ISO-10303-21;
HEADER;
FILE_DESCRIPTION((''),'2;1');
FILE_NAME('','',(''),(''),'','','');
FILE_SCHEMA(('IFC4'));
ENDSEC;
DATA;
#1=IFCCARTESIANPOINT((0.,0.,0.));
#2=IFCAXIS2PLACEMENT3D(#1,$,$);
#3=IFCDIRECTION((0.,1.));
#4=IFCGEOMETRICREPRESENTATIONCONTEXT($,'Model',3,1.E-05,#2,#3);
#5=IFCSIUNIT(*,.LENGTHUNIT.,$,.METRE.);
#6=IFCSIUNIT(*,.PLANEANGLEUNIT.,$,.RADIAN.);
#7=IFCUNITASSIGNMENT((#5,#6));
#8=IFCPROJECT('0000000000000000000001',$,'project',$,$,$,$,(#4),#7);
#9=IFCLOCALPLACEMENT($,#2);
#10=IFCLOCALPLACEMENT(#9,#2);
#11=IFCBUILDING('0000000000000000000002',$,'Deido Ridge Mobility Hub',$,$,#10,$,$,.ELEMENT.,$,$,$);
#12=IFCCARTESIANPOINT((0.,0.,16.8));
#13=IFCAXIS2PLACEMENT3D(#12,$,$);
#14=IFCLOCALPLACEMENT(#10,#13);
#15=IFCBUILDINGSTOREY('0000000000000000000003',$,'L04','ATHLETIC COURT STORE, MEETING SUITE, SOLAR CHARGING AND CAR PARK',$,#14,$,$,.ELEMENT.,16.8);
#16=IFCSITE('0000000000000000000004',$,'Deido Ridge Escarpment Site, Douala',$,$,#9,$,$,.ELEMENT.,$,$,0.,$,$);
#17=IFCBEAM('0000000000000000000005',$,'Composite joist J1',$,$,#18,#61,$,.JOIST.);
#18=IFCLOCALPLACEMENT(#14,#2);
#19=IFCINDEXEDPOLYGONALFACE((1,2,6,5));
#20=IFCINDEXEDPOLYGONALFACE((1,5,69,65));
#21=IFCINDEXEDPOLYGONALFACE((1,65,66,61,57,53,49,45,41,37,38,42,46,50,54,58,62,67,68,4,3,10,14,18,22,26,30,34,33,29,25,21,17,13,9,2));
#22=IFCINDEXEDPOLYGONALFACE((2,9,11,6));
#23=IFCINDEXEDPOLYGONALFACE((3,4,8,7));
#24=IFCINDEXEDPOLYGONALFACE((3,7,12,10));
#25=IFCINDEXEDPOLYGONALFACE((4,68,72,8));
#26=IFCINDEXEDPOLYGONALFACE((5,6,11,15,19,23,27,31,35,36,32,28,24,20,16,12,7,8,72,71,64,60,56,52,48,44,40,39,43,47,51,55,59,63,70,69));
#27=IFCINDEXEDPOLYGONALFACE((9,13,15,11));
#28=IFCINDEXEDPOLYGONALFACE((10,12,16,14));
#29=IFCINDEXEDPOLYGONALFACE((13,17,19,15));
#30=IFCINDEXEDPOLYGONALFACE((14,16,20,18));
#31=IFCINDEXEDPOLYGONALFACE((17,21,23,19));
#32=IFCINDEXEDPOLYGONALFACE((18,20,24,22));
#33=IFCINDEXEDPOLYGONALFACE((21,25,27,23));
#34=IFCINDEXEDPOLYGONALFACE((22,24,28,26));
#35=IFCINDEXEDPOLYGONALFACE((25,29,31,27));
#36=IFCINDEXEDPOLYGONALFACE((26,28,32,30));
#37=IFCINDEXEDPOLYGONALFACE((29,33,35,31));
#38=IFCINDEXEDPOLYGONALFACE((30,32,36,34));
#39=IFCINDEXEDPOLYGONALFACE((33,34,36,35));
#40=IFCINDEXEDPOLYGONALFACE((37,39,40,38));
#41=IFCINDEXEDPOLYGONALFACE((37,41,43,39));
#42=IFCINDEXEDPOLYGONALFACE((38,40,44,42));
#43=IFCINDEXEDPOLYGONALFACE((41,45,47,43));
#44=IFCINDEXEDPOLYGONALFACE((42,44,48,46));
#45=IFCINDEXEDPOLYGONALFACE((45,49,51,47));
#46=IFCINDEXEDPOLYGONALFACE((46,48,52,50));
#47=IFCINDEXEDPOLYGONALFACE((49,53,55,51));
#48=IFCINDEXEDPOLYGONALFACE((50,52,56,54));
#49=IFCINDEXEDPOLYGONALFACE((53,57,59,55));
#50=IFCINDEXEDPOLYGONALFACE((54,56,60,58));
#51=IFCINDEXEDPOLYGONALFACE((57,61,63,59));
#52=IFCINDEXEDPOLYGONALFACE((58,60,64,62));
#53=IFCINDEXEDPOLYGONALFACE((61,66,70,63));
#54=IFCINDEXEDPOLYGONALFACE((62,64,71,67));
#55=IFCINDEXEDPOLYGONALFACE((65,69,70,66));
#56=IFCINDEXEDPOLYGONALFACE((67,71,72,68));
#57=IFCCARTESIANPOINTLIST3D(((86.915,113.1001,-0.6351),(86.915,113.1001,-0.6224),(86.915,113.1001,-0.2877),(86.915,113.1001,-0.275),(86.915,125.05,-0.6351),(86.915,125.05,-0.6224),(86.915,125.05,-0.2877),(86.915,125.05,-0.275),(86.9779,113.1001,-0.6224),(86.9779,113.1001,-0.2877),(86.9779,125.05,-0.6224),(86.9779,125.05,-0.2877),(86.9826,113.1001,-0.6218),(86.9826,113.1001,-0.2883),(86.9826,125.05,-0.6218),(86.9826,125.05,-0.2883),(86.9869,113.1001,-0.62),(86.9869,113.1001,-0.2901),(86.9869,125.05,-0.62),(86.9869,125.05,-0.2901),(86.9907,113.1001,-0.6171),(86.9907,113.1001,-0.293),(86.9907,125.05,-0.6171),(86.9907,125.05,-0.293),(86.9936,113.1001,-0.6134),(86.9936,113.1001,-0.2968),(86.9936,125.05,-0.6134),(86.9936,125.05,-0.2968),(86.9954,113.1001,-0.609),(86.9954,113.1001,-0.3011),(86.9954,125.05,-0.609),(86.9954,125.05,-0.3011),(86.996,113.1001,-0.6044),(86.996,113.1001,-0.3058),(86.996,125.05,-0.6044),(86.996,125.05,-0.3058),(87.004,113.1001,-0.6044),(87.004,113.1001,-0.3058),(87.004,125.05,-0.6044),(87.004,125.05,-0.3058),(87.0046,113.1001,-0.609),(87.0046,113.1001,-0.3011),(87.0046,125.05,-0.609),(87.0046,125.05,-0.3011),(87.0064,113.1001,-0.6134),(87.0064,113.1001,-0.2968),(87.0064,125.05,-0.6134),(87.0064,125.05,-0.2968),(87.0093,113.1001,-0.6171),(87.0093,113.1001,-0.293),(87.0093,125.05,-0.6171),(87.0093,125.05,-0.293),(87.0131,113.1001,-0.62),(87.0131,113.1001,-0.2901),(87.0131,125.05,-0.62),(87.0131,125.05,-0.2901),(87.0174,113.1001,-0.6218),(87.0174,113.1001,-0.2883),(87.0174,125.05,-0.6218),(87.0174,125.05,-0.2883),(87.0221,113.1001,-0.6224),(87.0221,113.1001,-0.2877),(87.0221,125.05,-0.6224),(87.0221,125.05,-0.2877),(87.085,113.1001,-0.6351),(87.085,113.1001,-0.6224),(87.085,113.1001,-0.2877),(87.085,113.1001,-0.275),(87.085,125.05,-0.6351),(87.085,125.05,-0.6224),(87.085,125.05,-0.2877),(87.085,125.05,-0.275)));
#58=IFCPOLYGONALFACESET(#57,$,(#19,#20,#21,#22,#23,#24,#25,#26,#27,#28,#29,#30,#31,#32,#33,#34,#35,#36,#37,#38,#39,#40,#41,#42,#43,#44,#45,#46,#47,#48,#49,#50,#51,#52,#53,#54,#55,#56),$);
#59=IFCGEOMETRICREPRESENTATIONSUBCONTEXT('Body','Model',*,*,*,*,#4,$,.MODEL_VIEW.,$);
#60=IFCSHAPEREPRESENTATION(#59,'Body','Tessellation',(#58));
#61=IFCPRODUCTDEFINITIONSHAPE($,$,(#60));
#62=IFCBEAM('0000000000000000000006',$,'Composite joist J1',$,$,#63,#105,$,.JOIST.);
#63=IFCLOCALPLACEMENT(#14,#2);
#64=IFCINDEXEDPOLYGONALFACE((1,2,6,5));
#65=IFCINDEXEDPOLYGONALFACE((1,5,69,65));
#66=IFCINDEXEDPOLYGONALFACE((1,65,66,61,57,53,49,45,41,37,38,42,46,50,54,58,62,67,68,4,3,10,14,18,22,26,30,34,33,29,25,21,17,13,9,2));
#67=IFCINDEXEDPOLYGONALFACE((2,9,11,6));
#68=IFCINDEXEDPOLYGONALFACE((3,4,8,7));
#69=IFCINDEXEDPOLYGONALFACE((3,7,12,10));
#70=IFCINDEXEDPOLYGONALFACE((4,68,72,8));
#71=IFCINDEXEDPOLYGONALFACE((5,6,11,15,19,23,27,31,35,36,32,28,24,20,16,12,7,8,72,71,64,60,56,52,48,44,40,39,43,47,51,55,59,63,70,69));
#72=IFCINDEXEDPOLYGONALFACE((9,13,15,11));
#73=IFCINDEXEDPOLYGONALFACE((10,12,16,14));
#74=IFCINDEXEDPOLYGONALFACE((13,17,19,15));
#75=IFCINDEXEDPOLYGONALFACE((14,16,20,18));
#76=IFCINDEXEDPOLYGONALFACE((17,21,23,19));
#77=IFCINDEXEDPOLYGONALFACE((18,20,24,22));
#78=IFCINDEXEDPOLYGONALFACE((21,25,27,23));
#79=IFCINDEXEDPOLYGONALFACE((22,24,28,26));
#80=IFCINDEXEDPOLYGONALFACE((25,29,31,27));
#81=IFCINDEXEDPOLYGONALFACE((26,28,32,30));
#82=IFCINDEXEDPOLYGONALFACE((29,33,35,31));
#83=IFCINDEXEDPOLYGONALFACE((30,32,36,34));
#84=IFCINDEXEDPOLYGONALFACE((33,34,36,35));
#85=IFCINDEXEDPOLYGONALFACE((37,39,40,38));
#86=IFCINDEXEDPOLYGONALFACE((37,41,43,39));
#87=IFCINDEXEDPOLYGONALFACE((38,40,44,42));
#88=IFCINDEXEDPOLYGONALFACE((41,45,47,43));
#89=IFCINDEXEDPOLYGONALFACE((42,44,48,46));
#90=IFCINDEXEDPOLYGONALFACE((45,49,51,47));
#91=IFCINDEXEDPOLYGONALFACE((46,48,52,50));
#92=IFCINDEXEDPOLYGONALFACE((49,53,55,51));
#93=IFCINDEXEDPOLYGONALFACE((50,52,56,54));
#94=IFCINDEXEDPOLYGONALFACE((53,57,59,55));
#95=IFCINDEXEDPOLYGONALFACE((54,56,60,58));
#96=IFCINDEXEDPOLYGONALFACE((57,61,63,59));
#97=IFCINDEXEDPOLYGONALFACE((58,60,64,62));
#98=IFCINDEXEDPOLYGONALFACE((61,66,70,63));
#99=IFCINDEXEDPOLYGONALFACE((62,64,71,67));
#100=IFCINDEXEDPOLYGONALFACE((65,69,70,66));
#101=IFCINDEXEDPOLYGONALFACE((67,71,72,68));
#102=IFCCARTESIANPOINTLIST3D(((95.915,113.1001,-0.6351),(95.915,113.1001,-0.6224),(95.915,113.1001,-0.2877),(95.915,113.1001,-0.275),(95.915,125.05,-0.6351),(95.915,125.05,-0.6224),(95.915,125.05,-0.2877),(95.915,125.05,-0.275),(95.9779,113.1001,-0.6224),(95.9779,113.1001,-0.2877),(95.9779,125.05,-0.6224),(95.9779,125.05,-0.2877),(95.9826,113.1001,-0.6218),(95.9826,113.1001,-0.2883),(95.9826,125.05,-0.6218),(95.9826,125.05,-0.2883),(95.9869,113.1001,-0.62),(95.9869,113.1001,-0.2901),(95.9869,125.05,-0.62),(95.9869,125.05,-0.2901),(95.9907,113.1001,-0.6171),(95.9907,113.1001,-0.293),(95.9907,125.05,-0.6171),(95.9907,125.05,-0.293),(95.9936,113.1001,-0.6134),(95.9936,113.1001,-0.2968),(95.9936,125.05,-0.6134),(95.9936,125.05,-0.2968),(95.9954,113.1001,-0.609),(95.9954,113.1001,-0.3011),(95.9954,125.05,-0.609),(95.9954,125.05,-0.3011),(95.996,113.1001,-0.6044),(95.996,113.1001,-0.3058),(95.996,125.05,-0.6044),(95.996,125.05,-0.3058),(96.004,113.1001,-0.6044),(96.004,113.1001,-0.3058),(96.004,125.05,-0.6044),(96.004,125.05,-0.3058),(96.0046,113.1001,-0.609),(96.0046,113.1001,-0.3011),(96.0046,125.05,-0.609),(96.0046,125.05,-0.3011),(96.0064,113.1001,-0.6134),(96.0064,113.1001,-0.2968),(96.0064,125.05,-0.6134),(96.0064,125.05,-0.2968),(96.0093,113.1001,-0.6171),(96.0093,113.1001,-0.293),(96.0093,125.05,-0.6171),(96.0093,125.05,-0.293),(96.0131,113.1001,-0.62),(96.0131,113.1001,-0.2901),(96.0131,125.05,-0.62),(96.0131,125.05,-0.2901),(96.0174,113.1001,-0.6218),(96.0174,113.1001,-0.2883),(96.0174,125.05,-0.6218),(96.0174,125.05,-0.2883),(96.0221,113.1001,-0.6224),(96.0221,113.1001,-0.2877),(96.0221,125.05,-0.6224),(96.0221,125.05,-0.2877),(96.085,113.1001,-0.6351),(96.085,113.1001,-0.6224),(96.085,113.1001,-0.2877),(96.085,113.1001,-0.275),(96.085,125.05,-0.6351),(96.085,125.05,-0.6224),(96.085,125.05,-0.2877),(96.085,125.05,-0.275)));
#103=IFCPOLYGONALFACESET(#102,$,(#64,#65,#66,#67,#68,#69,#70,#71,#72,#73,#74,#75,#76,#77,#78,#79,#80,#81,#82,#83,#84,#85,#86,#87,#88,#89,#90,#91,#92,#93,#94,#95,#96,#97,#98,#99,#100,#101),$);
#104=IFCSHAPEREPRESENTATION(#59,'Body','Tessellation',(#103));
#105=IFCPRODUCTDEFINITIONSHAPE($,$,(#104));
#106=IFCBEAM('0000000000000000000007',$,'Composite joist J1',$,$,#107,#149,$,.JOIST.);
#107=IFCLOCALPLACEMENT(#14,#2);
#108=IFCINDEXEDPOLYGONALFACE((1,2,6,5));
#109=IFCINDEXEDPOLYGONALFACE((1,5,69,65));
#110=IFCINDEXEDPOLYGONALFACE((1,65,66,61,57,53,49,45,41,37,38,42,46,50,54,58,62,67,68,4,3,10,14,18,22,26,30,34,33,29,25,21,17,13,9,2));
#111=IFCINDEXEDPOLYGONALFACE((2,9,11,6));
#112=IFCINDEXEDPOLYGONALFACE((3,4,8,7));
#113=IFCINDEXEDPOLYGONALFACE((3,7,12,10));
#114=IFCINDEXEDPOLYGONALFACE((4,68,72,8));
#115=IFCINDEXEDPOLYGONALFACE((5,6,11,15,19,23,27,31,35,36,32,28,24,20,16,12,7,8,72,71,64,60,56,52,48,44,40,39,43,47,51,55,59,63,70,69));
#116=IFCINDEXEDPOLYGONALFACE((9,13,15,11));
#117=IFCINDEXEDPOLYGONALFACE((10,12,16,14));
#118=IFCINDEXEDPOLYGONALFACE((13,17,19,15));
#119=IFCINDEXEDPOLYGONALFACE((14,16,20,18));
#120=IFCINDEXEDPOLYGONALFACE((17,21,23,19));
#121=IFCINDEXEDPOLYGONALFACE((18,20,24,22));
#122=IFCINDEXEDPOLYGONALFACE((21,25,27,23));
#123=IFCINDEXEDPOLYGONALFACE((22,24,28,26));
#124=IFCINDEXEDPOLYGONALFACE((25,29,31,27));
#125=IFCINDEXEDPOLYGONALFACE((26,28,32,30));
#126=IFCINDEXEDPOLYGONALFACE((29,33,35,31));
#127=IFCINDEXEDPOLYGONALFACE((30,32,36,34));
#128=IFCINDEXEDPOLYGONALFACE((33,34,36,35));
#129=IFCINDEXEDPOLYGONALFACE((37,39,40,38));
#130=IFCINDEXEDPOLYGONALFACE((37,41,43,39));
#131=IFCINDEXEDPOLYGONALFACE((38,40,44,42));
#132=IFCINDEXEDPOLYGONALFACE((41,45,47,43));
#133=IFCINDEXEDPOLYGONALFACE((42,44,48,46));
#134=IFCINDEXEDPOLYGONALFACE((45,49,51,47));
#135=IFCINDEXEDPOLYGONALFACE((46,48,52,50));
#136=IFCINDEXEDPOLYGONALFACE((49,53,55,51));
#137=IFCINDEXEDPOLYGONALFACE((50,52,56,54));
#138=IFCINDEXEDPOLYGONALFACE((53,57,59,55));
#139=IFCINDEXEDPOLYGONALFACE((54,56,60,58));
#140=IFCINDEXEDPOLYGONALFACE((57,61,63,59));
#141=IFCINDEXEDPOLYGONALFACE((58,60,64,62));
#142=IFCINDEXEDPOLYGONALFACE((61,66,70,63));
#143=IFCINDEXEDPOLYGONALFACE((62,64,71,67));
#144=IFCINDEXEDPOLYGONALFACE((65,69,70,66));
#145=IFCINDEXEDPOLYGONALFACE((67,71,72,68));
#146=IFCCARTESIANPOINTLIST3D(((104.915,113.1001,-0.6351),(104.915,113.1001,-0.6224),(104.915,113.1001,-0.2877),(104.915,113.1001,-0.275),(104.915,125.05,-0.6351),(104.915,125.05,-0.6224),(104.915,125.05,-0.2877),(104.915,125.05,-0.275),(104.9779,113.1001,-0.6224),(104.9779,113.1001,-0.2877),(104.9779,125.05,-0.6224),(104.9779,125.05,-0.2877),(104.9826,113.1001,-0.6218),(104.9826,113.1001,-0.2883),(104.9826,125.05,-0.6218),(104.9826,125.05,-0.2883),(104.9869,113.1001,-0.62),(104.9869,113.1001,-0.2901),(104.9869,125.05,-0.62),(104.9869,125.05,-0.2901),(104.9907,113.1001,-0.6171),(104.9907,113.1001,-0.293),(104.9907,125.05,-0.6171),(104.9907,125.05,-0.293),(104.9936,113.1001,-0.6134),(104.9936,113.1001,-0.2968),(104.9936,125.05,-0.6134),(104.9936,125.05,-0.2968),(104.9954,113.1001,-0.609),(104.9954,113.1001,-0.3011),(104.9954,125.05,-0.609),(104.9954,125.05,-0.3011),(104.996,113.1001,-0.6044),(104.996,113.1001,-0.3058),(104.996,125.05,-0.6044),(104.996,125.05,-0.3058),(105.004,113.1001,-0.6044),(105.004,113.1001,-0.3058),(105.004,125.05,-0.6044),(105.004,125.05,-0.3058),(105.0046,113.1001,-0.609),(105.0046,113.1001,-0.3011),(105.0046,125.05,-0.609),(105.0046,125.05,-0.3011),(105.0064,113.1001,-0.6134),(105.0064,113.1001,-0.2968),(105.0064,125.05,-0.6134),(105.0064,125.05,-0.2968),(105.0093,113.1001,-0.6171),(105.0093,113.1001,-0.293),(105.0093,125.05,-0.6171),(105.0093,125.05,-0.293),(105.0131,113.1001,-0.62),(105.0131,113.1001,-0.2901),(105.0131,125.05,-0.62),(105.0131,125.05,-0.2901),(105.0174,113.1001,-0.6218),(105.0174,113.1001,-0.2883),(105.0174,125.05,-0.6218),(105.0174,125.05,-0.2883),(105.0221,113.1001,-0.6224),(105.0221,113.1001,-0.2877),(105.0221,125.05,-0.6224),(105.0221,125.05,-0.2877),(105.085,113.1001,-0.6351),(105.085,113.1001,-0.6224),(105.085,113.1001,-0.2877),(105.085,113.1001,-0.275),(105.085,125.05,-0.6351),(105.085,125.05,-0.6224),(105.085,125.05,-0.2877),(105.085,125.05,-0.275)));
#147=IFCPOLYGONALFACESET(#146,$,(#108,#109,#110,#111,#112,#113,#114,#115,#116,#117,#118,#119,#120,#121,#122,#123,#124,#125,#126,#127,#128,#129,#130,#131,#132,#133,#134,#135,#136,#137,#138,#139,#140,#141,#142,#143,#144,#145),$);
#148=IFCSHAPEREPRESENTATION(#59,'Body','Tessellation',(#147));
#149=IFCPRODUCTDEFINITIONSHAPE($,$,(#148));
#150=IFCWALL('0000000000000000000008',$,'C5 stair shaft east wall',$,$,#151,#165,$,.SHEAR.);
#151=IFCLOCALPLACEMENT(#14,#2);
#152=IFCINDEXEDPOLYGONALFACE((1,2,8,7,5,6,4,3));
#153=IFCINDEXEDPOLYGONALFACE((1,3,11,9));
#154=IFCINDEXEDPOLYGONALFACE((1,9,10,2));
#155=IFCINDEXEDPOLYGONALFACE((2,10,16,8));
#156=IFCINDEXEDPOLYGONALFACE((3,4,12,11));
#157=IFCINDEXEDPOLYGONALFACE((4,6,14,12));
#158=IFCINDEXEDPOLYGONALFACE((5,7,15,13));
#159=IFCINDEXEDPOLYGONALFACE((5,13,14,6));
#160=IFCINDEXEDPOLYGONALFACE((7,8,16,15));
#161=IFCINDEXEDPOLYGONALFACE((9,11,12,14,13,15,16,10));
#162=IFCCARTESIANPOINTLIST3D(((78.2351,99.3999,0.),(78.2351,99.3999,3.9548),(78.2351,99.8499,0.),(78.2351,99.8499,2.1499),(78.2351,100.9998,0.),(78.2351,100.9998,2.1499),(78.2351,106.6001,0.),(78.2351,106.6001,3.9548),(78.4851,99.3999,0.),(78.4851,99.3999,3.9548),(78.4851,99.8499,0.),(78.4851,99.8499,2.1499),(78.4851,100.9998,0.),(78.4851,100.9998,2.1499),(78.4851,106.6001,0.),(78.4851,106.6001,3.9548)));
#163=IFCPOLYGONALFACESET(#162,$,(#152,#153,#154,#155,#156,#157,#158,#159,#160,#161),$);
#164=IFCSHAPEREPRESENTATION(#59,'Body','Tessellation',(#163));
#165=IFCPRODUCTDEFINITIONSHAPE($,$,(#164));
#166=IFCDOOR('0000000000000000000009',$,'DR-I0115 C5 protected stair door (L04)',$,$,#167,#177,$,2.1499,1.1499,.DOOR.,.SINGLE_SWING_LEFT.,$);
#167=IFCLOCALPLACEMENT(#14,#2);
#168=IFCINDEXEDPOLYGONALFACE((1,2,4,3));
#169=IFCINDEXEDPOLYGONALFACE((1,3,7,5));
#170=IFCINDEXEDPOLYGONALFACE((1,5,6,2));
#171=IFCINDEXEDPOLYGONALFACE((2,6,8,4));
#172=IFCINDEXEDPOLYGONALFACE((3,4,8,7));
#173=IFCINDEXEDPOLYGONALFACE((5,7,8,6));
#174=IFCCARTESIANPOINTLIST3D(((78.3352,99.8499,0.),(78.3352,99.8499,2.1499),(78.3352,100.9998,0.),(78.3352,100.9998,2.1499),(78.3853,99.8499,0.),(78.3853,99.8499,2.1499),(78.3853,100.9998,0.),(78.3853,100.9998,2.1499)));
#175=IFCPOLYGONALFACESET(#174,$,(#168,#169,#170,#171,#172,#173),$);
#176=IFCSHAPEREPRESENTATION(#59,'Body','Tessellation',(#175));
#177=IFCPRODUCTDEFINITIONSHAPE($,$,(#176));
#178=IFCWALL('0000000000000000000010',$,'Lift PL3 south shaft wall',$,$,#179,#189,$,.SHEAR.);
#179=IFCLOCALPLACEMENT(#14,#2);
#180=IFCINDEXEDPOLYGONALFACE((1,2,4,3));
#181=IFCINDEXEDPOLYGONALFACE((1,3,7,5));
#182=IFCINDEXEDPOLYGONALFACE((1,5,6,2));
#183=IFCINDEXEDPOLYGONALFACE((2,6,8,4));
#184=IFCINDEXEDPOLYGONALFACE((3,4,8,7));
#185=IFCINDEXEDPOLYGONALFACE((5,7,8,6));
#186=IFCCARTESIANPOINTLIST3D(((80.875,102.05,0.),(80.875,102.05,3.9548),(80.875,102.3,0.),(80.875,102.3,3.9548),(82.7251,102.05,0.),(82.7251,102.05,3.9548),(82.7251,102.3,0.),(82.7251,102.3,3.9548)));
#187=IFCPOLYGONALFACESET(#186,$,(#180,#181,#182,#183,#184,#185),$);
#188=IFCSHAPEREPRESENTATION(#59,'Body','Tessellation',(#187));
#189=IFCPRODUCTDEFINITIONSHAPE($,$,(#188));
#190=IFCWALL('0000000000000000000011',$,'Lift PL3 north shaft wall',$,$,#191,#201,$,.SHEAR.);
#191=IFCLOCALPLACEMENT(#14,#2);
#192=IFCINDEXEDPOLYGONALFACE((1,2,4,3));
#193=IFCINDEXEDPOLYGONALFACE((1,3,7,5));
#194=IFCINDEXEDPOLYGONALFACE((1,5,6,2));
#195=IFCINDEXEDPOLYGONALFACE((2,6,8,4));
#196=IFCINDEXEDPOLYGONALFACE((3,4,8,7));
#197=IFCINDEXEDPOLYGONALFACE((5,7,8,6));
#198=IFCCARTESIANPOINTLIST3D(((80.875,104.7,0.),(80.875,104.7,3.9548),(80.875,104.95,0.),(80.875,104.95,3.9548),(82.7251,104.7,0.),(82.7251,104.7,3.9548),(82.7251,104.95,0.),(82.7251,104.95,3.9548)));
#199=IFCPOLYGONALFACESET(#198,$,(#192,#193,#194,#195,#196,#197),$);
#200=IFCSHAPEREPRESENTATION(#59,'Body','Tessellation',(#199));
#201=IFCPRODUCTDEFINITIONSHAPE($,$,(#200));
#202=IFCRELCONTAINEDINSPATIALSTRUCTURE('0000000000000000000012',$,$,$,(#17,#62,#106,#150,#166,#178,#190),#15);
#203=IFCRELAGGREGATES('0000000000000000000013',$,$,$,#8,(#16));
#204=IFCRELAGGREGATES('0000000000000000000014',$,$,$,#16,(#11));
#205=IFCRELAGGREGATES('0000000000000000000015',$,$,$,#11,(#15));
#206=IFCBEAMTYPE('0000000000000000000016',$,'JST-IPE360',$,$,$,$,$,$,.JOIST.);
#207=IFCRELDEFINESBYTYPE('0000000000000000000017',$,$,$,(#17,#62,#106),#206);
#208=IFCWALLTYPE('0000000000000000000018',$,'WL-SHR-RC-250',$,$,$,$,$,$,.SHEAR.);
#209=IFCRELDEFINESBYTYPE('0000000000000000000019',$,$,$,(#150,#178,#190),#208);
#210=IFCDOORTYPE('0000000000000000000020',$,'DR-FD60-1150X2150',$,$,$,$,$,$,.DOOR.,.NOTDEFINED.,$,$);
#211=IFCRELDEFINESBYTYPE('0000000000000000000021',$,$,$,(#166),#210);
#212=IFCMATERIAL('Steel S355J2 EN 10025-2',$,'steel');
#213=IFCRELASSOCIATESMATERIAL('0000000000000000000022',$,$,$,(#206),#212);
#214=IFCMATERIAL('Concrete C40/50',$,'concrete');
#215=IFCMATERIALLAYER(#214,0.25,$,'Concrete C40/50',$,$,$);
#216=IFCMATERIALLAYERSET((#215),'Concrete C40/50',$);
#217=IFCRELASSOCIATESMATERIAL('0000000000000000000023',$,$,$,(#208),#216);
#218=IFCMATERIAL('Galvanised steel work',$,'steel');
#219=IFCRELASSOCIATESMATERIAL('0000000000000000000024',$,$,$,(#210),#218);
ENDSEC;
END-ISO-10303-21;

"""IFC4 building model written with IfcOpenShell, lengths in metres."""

from ifc_helpers import new_model, si_unit, direction, frame, frame_2d, origin, origin_2d, place, context, subcontext, project, spatial, rectangle, i_section, extrude, material, layer, layer_set, material_profile, profile_set, type_object, element, fill, save


model = new_model("IFC4")

# Units and contexts
model_context = context("Model", 3, precision=1e-05, world=origin(), true_north=direction((0.0, 1.0)))
body_context = subcontext(model_context, "Body", "Model", "MODEL_VIEW")
ifc_project = project(units=[si_unit("LENGTHUNIT", "METRE"), si_unit("PLANEANGLEUNIT", "RADIAN")], contexts=[model_context])

# Site, building, storey
site_placement = place(None, origin())
site = spatial("IfcSite", under=ifc_project, at=site_placement, Name="Deido Ridge Escarpment Site, Douala", CompositionType="ELEMENT", RefElevation=0.0)
building_placement = place(site_placement, origin())
building = spatial("IfcBuilding", under=site, at=building_placement, Name="Deido Ridge Mobility Hub", CompositionType="ELEMENT")
storey_placement = place(building_placement, frame((0.0, 0.0, 16.8)))
storey = spatial("IfcBuildingStorey", under=building, at=storey_placement, Name="L04", Description="ATHLETIC COURT STORE, MEETING SUITE, SOLAR CHARGING AND CAR PARK", CompositionType="ELEMENT", Elevation=16.8)

# Shared definitions
ifc_material_1 = material(Name="Steel S355J2 EN 10025-2", Category="steel")

# Beams
ifc_material_profile_1 = material_profile(ifc_material_1, i_section(OverallWidth=0.1699, OverallDepth=0.3601, WebThickness=0.0081, FlangeThickness=0.0127, FilletRadius=0.0181, at=origin_2d()), Name="IPE 360")
ifc_profile_set_1 = profile_set([ifc_material_profile_1], Name="Steel S355J2 EN 10025-2")
beam_type_1 = type_object("IfcBeamType", Name="JST-IPE360", PredefinedType="JOIST", material=ifc_profile_set_1)
for number, where, z_axis, x_axis, name in (
    (1, (87.0, 113.1001, -0.4551), (0.0, 1.0, 0.0), (-1.0, 0.0, 0.0), "Composite joist J1"),
    (2, (96.0, 113.1001, -0.4551), (0.0, 1.0, 0.0), (-1.0, 0.0, 0.0), "Composite joist J1"),
    (3, (105.0, 113.1001, -0.4551), (0.0, 1.0, 0.0), (-1.0, 0.0, 0.0), "Composite joist J1"),
):
    element("IfcBeam", number, at=place(storey_placement, frame(where, z_axis=z_axis, x_axis=x_axis)), inside=storey, type_object=beam_type_1, Name=name, PredefinedType="JOIST", context=body_context, shape_type="SweptSolid", body=[
        extrude(i_section(OverallWidth=0.1699, OverallDepth=0.3601, WebThickness=0.0081, FlangeThickness=0.0127, FilletRadius=0.0181, at=origin_2d()), origin(), (0.0, 0.0, 1.0), 11.95),
    ])

# Wall, opening, door
ifc_material_2 = material(Name="Concrete C40/50", Category="concrete")
ifc_layer_1 = layer(ifc_material_2, 0.25, Name="Concrete C40/50")
ifc_layer_set_1 = layer_set([ifc_layer_1], Name="Concrete C40/50")
wall_type_1 = type_object("IfcWallType", Name="WL-SHR-RC-250", PredefinedType="SHEAR", material=ifc_layer_set_1)
wall_1_placement = place(storey_placement, frame((78.3601, 99.3999, 0.0), z_axis=(0.0, 0.0, 1.0), x_axis=(0.0, 1.0, 0.0)))
wall_1 = element("IfcWall", 4, at=wall_1_placement, inside=storey, type_object=wall_type_1, Name="C5 stair shaft east wall", PredefinedType="SHEAR", context=body_context, shape_type="SweptSolid", body=[
    extrude(rectangle(XDim=7.2002, YDim=0.25, at=frame_2d((3.6001, 0.0))), origin(), (0.0, 0.0, 1.0), 3.9548),
])
opening_1_placement = place(wall_1_placement, frame((0.45, 0.0, 0.0)))
opening_1 = element("IfcOpeningElement", 5, at=opening_1_placement, cuts=wall_1, PredefinedType="OPENING", context=body_context, shape_type="SweptSolid", body=[
    extrude(rectangle(XDim=1.1499, YDim=2.1499, at=frame_2d((0.575, 1.075))), frame((0.0, 0.135, 0.0), z_axis=(0.0, -1.0, 0.0), x_axis=(1.0, 0.0, 0.0)), (0.0, 0.0, 1.0), 0.27),
])
ifc_material_3 = material(Name="Galvanised steel work", Category="steel")
door_type_1 = type_object("IfcDoorType", Name="DR-FD60-1150X2150", OperationType="NOTDEFINED", PredefinedType="DOOR", material=ifc_material_3)
door_1_placement = place(opening_1_placement, origin())
door_1 = element("IfcDoor", 6, at=door_1_placement, inside=storey, type_object=door_type_1, Name="DR-I0115 C5 protected stair door (L04)", OperationType="SINGLE_SWING_LEFT", OverallHeight=2.1499, OverallWidth=1.1499, PredefinedType="DOOR", context=body_context, shape_type="SweptSolid", body=[
    extrude(rectangle(XDim=1.1499, YDim=2.1499, at=frame_2d((0.575, 1.075))), frame((0.0, 0.0249, 0.0), z_axis=(0.0, -1.0, 0.0), x_axis=(1.0, 0.0, 0.0)), (0.0, 0.0, 1.0), 0.05),
])
fill(opening_1, door_1)

# Walls
for number, where, z_axis, x_axis, name in (
    (7, (80.875, 102.175, 0.0), (0.0, 0.0, 1.0), (1.0, 0.0, 0.0), "Lift PL3 south shaft wall"),
    (8, (80.875, 104.825, 0.0), (0.0, 0.0, 1.0), (1.0, 0.0, 0.0), "Lift PL3 north shaft wall"),
):
    element("IfcWall", number, at=place(storey_placement, frame(where, z_axis=z_axis, x_axis=x_axis)), inside=storey, type_object=wall_type_1, Name=name, PredefinedType="SHEAR", context=body_context, shape_type="SweptSolid", body=[
        extrude(rectangle(XDim=1.8501, YDim=0.25, at=frame_2d((0.925, 0.0))), origin(), (0.0, 0.0, 1.0), 3.9548),
    ])

save(model, "model.ifc")
